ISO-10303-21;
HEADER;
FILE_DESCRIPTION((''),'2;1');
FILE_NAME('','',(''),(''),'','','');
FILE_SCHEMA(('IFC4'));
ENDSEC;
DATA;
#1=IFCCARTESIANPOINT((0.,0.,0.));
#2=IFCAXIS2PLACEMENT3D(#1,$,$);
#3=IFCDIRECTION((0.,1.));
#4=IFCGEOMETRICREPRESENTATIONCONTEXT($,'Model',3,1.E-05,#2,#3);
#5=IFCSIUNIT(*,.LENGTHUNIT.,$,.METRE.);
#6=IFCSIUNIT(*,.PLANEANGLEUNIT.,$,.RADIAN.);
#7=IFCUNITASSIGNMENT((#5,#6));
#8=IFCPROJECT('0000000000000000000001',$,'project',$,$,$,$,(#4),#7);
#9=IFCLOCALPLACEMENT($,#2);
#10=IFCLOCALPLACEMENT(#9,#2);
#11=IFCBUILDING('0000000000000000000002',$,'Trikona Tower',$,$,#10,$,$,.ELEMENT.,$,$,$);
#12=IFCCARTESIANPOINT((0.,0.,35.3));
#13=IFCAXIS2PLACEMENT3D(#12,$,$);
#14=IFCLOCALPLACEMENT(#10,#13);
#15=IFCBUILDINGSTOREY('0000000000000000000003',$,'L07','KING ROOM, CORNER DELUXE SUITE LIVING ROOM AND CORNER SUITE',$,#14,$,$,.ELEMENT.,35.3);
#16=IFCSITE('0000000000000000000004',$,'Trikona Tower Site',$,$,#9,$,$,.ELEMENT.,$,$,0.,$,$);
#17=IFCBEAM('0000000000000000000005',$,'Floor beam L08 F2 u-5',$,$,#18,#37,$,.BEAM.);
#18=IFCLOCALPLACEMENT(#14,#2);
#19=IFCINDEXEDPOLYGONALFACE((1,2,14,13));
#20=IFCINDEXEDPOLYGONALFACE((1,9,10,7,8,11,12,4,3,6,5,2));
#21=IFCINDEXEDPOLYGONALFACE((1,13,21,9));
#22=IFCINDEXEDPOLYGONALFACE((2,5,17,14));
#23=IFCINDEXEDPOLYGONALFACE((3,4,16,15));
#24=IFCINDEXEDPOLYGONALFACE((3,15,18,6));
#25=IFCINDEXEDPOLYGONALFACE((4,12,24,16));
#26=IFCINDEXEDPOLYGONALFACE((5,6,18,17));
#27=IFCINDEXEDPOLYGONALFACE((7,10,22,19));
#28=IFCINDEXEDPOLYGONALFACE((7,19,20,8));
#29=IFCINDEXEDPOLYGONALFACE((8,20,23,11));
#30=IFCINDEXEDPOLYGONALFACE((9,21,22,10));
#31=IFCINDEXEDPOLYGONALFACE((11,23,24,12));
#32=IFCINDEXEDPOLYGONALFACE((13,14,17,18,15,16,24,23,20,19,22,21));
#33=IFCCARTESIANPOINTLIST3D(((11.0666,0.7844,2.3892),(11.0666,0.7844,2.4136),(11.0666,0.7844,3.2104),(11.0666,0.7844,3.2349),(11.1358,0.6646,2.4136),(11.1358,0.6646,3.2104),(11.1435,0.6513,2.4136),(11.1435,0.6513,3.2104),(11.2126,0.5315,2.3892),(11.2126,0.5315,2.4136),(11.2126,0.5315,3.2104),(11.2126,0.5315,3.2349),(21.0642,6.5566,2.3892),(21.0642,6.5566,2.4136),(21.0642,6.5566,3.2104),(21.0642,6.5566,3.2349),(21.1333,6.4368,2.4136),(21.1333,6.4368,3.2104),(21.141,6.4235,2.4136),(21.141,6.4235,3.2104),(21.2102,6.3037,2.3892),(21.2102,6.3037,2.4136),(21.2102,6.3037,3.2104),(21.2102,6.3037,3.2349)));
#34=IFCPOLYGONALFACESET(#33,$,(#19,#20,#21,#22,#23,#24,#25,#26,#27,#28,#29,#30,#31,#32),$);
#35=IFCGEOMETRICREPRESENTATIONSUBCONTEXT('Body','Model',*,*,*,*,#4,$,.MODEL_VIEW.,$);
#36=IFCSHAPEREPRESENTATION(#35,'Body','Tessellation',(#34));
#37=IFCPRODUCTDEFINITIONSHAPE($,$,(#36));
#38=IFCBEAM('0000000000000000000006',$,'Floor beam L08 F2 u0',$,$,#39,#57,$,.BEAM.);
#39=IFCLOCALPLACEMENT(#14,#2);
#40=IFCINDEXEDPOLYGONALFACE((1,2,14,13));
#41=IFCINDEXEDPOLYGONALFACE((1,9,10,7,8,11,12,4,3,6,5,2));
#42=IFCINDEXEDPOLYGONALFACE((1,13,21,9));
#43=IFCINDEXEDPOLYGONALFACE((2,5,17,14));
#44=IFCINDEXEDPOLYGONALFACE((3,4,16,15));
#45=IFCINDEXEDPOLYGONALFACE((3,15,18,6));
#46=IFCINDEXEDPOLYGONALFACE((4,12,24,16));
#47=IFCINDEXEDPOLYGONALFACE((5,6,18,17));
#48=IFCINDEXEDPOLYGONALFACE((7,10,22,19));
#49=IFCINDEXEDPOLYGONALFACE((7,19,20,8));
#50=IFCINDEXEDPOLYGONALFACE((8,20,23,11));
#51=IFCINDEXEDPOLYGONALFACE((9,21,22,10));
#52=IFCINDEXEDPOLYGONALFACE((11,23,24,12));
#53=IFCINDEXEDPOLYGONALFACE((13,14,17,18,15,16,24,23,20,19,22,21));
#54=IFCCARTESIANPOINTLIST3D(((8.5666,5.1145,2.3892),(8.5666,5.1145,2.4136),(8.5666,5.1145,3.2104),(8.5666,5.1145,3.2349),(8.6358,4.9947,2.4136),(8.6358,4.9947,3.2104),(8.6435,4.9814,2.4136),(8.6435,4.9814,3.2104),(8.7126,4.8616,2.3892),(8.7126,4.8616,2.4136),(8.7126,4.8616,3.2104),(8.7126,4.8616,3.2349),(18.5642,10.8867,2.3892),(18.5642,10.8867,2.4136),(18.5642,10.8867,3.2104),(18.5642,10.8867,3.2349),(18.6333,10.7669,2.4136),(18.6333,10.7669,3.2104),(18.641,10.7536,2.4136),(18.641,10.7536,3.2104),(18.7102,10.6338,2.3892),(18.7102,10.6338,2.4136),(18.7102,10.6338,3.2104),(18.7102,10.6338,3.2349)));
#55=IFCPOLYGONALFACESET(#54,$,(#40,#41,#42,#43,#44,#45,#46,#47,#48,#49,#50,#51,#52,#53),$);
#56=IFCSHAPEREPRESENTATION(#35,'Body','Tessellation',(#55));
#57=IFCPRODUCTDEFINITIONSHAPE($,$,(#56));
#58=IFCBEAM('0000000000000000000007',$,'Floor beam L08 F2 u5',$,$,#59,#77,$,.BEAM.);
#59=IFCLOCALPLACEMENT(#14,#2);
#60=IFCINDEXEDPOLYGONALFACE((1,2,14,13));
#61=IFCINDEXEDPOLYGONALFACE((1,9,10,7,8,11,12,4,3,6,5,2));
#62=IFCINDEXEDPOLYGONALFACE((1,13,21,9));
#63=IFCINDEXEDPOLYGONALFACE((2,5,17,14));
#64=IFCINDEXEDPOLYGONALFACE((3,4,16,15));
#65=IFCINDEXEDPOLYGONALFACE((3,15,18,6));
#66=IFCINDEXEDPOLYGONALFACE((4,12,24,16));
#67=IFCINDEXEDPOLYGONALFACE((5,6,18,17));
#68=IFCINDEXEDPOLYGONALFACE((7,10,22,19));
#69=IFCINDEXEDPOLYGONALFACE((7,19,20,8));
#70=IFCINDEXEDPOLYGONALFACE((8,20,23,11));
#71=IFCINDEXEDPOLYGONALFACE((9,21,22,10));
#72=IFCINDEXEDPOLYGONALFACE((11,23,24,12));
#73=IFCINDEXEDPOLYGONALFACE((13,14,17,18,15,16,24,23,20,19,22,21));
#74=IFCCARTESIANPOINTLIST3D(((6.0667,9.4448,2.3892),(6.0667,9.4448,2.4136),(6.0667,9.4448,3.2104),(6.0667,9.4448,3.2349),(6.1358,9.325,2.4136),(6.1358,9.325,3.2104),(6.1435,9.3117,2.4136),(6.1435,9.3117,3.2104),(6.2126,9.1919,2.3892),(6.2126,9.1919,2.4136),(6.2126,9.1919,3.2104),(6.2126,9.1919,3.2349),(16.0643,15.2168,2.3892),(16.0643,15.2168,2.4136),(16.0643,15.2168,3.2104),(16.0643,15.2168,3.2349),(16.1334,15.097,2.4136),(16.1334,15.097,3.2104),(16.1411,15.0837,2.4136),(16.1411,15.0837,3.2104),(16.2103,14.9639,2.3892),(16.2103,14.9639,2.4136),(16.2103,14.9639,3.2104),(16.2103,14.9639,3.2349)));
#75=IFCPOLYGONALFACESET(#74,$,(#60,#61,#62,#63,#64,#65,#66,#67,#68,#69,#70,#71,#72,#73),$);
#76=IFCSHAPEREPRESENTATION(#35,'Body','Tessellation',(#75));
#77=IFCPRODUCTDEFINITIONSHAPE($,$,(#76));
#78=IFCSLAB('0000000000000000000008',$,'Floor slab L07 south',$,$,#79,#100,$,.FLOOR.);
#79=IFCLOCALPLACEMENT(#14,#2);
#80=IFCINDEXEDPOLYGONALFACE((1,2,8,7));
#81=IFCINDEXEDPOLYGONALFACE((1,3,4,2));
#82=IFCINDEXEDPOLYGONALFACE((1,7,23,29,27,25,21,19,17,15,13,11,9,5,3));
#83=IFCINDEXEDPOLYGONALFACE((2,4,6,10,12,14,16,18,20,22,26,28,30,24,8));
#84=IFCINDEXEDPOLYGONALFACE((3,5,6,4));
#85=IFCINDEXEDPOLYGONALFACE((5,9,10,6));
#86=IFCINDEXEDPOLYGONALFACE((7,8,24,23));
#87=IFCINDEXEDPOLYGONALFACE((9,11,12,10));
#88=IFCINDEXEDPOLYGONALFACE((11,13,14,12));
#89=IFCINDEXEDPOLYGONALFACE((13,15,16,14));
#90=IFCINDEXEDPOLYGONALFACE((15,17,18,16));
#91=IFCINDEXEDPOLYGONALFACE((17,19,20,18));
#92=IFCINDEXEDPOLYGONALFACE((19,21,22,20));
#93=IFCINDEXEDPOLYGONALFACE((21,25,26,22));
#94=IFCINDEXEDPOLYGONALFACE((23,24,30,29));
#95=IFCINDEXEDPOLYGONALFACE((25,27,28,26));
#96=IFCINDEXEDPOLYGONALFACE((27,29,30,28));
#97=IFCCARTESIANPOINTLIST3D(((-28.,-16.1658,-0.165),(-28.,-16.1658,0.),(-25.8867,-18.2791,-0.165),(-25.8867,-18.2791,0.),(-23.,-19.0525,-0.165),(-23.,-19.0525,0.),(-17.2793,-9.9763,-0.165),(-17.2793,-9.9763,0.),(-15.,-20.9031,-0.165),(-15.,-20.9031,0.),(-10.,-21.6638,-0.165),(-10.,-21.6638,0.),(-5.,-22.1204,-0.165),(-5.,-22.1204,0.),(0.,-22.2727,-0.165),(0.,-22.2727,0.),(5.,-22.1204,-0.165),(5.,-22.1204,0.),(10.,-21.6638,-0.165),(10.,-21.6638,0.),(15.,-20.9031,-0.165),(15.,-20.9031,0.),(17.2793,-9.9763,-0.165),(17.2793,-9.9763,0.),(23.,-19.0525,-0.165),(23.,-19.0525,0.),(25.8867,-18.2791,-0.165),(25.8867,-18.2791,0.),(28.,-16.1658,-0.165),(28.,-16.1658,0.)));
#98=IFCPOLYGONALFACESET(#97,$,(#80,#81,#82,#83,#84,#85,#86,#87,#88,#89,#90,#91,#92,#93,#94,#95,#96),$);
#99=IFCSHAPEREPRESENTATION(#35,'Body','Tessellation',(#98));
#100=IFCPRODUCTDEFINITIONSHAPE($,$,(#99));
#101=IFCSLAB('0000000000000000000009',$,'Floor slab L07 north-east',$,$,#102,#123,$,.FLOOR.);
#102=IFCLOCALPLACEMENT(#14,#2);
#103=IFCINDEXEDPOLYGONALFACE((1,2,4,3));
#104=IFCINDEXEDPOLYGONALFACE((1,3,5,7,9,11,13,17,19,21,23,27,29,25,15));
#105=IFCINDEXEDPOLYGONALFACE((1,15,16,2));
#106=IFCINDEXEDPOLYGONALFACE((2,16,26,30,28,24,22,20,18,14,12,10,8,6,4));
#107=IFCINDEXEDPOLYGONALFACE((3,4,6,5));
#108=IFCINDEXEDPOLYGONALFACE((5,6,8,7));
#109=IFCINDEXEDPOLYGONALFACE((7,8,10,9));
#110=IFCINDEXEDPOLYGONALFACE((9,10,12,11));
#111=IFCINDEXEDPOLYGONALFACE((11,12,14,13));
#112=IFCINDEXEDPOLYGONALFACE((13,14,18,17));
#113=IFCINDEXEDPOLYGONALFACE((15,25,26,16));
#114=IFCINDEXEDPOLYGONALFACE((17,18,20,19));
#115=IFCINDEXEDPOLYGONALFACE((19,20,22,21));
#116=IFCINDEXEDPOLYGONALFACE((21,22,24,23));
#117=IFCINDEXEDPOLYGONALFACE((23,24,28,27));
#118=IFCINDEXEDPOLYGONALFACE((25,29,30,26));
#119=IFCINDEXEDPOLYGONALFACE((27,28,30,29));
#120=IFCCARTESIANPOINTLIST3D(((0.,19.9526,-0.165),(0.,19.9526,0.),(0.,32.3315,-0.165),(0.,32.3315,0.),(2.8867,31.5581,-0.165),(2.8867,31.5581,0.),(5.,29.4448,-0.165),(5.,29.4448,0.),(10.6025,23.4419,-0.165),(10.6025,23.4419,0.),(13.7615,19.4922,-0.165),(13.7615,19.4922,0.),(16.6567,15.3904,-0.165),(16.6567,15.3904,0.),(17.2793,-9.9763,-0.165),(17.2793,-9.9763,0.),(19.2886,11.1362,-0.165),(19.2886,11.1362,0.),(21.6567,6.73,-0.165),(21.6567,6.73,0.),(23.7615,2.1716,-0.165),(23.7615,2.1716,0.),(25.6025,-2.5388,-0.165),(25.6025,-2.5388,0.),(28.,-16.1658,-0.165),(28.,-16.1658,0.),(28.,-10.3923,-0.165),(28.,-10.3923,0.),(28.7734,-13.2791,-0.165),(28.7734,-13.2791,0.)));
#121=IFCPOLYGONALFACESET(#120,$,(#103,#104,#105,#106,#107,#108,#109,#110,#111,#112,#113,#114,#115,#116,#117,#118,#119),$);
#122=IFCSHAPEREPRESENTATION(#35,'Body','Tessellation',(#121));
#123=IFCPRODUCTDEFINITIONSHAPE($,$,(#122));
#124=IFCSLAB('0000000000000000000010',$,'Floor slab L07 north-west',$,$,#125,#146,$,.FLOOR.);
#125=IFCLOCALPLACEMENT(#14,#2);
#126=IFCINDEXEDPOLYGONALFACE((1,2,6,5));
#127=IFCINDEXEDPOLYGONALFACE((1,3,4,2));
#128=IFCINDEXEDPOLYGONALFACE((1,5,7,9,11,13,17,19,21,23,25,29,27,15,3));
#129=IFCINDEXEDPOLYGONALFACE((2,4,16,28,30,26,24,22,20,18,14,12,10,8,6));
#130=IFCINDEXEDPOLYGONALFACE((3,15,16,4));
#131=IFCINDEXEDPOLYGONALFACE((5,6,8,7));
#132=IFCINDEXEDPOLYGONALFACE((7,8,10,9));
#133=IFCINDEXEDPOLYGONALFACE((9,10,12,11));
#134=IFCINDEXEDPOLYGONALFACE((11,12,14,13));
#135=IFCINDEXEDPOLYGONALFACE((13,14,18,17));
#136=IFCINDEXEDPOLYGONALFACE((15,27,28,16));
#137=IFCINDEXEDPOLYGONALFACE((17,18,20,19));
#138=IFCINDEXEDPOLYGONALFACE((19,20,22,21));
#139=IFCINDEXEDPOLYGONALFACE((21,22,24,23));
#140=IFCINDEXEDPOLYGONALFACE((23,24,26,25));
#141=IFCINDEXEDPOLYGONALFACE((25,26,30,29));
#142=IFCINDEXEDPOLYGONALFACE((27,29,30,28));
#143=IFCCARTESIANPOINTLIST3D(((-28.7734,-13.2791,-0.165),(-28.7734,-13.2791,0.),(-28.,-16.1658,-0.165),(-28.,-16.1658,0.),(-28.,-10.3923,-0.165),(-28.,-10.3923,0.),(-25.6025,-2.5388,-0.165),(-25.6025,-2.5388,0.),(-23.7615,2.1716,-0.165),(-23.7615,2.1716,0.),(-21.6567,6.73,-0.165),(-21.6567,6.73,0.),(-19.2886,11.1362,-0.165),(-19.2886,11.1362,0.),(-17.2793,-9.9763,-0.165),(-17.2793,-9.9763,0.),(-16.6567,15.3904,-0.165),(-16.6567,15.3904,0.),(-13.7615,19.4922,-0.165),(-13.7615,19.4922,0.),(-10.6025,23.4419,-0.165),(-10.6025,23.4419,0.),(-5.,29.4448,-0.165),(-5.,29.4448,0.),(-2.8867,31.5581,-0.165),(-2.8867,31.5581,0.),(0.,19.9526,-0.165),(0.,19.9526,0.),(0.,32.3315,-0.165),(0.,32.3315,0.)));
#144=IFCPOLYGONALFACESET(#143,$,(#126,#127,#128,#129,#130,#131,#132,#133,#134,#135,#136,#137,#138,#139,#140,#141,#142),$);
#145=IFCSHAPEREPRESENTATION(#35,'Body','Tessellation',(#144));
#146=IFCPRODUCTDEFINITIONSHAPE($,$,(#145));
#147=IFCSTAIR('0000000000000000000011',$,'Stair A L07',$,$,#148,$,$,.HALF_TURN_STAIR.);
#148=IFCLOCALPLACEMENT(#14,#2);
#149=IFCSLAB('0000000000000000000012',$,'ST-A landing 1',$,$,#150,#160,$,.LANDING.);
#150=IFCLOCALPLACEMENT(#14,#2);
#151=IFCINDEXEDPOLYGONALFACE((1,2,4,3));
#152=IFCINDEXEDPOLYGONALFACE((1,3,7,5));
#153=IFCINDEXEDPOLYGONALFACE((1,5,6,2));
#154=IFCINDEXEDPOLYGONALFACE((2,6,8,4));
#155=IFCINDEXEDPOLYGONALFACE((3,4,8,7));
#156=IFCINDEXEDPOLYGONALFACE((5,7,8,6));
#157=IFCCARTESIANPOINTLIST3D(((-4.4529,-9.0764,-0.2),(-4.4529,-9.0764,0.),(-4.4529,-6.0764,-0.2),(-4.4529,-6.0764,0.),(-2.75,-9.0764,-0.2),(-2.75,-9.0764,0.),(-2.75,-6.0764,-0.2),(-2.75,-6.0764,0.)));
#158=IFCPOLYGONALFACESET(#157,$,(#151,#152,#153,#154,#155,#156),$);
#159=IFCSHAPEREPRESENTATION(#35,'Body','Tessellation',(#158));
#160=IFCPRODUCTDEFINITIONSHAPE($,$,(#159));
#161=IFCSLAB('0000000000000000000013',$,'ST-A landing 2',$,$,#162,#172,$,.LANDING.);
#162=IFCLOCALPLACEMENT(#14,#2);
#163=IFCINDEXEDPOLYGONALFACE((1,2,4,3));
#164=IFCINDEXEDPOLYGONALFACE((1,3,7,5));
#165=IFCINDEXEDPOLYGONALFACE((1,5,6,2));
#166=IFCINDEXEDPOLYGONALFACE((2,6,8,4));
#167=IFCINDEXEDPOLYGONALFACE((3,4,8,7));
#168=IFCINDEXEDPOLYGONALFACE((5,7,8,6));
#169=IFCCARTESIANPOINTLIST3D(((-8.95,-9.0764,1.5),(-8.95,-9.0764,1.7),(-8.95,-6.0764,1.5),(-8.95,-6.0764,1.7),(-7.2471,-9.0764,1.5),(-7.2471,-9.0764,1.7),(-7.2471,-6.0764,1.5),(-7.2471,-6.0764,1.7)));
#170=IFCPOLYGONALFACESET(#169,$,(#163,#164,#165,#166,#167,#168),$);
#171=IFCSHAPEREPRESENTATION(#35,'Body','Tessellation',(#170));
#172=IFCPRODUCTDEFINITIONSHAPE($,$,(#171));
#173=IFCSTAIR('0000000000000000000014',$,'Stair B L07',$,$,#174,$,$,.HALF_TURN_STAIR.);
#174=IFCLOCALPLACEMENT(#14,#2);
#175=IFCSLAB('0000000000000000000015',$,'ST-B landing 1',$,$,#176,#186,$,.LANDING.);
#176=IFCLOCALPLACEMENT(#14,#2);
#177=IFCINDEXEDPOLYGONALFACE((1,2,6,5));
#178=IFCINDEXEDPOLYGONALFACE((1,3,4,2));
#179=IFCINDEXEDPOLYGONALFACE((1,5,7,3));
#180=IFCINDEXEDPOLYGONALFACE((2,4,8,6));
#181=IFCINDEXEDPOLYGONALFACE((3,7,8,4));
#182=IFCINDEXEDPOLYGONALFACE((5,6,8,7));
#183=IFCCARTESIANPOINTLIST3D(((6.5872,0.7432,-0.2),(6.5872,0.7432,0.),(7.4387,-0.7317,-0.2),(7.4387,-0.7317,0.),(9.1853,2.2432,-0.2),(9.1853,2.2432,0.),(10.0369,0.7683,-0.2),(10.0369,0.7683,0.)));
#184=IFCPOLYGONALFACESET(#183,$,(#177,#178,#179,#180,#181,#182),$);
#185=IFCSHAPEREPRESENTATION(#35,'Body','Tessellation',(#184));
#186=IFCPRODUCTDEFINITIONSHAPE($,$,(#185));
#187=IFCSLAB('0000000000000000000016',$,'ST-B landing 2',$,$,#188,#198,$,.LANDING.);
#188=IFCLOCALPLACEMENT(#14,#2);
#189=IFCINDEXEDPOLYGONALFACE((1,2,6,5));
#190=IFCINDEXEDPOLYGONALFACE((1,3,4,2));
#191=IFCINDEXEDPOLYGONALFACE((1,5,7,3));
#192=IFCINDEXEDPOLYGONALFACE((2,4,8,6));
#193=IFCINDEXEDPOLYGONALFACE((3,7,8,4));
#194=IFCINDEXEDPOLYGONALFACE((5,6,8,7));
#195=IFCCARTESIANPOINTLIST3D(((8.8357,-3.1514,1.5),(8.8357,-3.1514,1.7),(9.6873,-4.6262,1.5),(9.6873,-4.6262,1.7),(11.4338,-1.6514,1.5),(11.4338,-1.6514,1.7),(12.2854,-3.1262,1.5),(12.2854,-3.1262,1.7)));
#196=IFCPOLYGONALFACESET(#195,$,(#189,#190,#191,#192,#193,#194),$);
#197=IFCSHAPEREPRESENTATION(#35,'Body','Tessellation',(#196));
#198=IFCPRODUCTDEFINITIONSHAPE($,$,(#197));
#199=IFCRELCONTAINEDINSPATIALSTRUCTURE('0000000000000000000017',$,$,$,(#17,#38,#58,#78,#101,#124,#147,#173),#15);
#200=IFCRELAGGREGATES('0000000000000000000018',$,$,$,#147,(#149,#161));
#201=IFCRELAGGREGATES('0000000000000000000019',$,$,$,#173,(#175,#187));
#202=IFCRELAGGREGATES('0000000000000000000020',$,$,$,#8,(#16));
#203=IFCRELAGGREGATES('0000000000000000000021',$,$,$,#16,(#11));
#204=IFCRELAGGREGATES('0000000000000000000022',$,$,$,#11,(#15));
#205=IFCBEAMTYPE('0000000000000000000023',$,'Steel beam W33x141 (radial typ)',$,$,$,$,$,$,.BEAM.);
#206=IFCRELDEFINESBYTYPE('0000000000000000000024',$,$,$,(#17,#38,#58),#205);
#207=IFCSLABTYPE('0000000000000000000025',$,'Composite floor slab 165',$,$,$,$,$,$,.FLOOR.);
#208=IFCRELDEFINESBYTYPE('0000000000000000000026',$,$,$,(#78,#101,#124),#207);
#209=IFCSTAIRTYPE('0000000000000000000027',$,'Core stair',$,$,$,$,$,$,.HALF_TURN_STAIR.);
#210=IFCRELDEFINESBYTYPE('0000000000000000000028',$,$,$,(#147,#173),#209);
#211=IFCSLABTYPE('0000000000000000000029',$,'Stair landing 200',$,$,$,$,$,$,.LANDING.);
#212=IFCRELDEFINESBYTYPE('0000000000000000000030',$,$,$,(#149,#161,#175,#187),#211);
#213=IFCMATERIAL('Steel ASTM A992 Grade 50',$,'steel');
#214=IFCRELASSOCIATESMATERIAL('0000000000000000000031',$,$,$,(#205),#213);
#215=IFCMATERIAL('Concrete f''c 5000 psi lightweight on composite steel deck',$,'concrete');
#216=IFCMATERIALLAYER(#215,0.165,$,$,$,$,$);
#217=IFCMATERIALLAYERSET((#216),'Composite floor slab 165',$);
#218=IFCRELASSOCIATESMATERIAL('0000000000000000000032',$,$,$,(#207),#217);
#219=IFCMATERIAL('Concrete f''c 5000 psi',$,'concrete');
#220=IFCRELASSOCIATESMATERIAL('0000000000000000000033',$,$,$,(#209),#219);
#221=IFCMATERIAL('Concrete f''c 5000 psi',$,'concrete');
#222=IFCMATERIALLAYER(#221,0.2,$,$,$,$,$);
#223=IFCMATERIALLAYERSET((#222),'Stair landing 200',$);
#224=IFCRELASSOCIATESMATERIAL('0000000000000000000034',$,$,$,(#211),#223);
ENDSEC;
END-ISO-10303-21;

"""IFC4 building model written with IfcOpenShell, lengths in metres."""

from ifc_helpers import new_model, si_unit, direction, frame, origin, origin_2d, place, context, subcontext, project, spatial, polyline, i_section, outline, extrude, material, layer, layer_set, material_profile, profile_set, type_object, element, aggregate, save


model = new_model("IFC4")

# Units and contexts
model_context = context("Model", 3, precision=1e-05, world=origin(), true_north=direction((0.0, 1.0)))
body_context = subcontext(model_context, "Body", "Model", "MODEL_VIEW")
ifc_project = project(units=[si_unit("LENGTHUNIT", "METRE"), si_unit("PLANEANGLEUNIT", "RADIAN")], contexts=[model_context])

# Site, building, storey
site_placement = place(None, origin())
site = spatial("IfcSite", under=ifc_project, at=site_placement, Name="Trikona Tower Site", CompositionType="ELEMENT", RefElevation=0.0)
building_placement = place(site_placement, origin())
building = spatial("IfcBuilding", under=site, at=building_placement, Name="Trikona Tower", CompositionType="ELEMENT")
storey_placement = place(building_placement, frame((0.0, 0.0, 35.3)))
storey = spatial("IfcBuildingStorey", under=building, at=storey_placement, Name="L07", Description="KING ROOM, CORNER DELUXE SUITE LIVING ROOM AND CORNER SUITE", CompositionType="ELEMENT", Elevation=35.3)

# Beams
ifc_material_1 = material(Name="Steel ASTM A992 Grade 50", Category="steel")
ifc_material_profile = material_profile(ifc_material_1, i_section(OverallWidth=0.292, OverallDepth=0.8457, WebThickness=0.0154, FlangeThickness=0.0244, at=origin_2d()), Name="W33X141")
ifc_profile_set = profile_set([ifc_material_profile], Name="Steel ASTM A992 Grade 50")
beam_type = type_object("IfcBeamType", Name="Steel beam W33x141 (radial typ)", PredefinedType="BEAM", material=ifc_profile_set)
for number, where, z_axis, x_axis, name in (
    (1, (11.1396, 0.658, 2.812), (0.866021, 0.500008, 0.0), (-0.500008, 0.866021, 0.0), "Floor beam L08 F2 u-5"),
    (2, (8.6396, 4.988, 2.812), (0.866021, 0.500008, 0.0), (-0.500008, 0.866021, 0.0), "Floor beam L08 F2 u0"),
    (3, (6.1396, 9.3184, 2.812), (0.86603, 0.499992, 0.0), (-0.499992, 0.86603, 0.0), "Floor beam L08 F2 u5"),
):
    element("IfcBeam", number, at=place(storey_placement, frame(where, z_axis=z_axis, x_axis=x_axis)), inside=storey, type_object=beam_type, Name=name, PredefinedType="BEAM", context=body_context, shape_type="SweptSolid", body=[
        extrude(i_section(OverallWidth=0.292, OverallDepth=0.8457, WebThickness=0.0154, FlangeThickness=0.0244, at=origin_2d()), origin(), (0.0, 0.0, 1.0), 11.5442),
    ])

# Slabs
ifc_material_2 = material(Name="Concrete f'c 5000 psi lightweight on composite steel deck", Category="concrete")
ifc_layer_1 = layer(ifc_material_2, 0.165)
ifc_layer_set_1 = layer_set([ifc_layer_1], Name="Composite floor slab 165")
slab_type_1 = type_object("IfcSlabType", Name="Composite floor slab 165", PredefinedType="FLOOR", material=ifc_layer_set_1)
slab_1_placement = place(storey_placement, frame((0.0, 0.0, -0.165)))
element("IfcSlab", 4, at=slab_1_placement, inside=storey, type_object=slab_type_1, Name="Floor slab L07 south", PredefinedType="FLOOR", context=body_context, shape_type="SweptSolid", body=[
    extrude(outline(polyline([(25.8867, -18.2791), (28.0, -16.1658), (17.2793, -9.9763), (-17.2793, -9.9763), (-28.0, -16.1658), (-25.8867, -18.2791), (-23.0, -19.0525), (-15.0, -20.9031), (-10.0, -21.6638), (-5.0, -22.1204), (0.0, -22.2727), (5.0, -22.1204), (10.0, -21.6638), (15.0, -20.9031), (23.0, -19.0525), (25.8867, -18.2791)])), origin(), (0.0, 0.0, 1.0), 0.165),
])
slab_2_placement = place(storey_placement, frame((0.0, 0.0, -0.165)))
element("IfcSlab", 5, at=slab_2_placement, inside=storey, type_object=slab_type_1, Name="Floor slab L07 north-east", PredefinedType="FLOOR", context=body_context, shape_type="SweptSolid", body=[
    extrude(outline(polyline([(2.8867, 31.5581), (0.0, 32.3315), (0.0, 19.9526), (17.2793, -9.9763), (28.0, -16.1658), (28.7734, -13.2791), (28.0, -10.3923), (25.6025, -2.5388), (23.7615, 2.1716), (21.6567, 6.73), (19.2886, 11.1362), (16.6567, 15.3904), (13.7615, 19.4922), (10.6025, 23.4419), (5.0, 29.4448), (2.8867, 31.5581)])), origin(), (0.0, 0.0, 1.0), 0.165),
])
slab_3_placement = place(storey_placement, frame((0.0, 0.0, -0.165)))
element("IfcSlab", 6, at=slab_3_placement, inside=storey, type_object=slab_type_1, Name="Floor slab L07 north-west", PredefinedType="FLOOR", context=body_context, shape_type="SweptSolid", body=[
    extrude(outline(polyline([(0.0, 19.9526), (0.0, 32.3315), (-2.8867, 31.5581), (-5.0, 29.4448), (-10.6025, 23.4419), (-13.7615, 19.4922), (-16.6567, 15.3904), (-19.2886, 11.1362), (-21.6567, 6.73), (-23.7615, 2.1716), (-25.6025, -2.5388), (-28.0, -10.3923), (-28.7734, -13.2791), (-28.0, -16.1658), (-17.2793, -9.9763), (0.0, 19.9526)])), origin(), (0.0, 0.0, 1.0), 0.165),
])

# Stairs, slabs
ifc_material_3 = material(Name="Concrete f'c 5000 psi", Category="concrete")
stair_type = type_object("IfcStairType", Name="Core stair", PredefinedType="HALF_TURN_STAIR", material=ifc_material_3)
stair_1_placement = place(storey_placement, origin())
stair_1 = element("IfcStair", 7, at=stair_1_placement, inside=storey, type_object=stair_type, Name="Stair A L07", PredefinedType="HALF_TURN_STAIR")
ifc_material_4 = material(Name="Concrete f'c 5000 psi", Category="concrete")
ifc_layer_2 = layer(ifc_material_4, 0.2)
ifc_layer_set_2 = layer_set([ifc_layer_2], Name="Stair landing 200")
slab_type_2 = type_object("IfcSlabType", Name="Stair landing 200", PredefinedType="LANDING", material=ifc_layer_set_2)
slab_4_placement = place(storey_placement, frame((0.0, 0.0, -0.2)))
slab_4 = element("IfcSlab", 8, at=slab_4_placement, type_object=slab_type_2, Name="ST-A landing 1", PredefinedType="LANDING", context=body_context, shape_type="SweptSolid", body=[
    extrude(outline(polyline([(-4.4529, -6.0764), (-2.75, -6.0764), (-2.75, -9.0764), (-4.4529, -9.0764), (-4.4529, -6.0764)])), origin(), (0.0, 0.0, 1.0), 0.2),
])
slab_5_placement = place(storey_placement, frame((0.0, 0.0, 1.5)))
slab_5 = element("IfcSlab", 9, at=slab_5_placement, type_object=slab_type_2, Name="ST-A landing 2", PredefinedType="LANDING", context=body_context, shape_type="SweptSolid", body=[
    extrude(outline(polyline([(-8.95, -6.0764), (-7.2471, -6.0764), (-7.2471, -9.0764), (-8.95, -9.0764), (-8.95, -6.0764)])), origin(), (0.0, 0.0, 1.0), 0.2),
])
aggregate(stair_1, [slab_4, slab_5])
stair_2_placement = place(storey_placement, origin())
stair_2 = element("IfcStair", 10, at=stair_2_placement, inside=storey, type_object=stair_type, Name="Stair B L07", PredefinedType="HALF_TURN_STAIR")
slab_6_placement = place(storey_placement, frame((0.0, 0.0, -0.2)))
slab_6 = element("IfcSlab", 11, at=slab_6_placement, type_object=slab_type_2, Name="ST-B landing 1", PredefinedType="LANDING", context=body_context, shape_type="SweptSolid", body=[
    extrude(outline(polyline([(7.4387, -0.7317), (6.5872, 0.7432), (9.1853, 2.2432), (10.0369, 0.7683), (7.4387, -0.7317)])), origin(), (0.0, 0.0, 1.0), 0.2),
])
slab_7_placement = place(storey_placement, frame((0.0, 0.0, 1.5)))
slab_7 = element("IfcSlab", 12, at=slab_7_placement, type_object=slab_type_2, Name="ST-B landing 2", PredefinedType="LANDING", context=body_context, shape_type="SweptSolid", body=[
    extrude(outline(polyline([(9.6873, -4.6262), (8.8357, -3.1514), (11.4338, -1.6514), (12.2854, -3.1262), (9.6873, -4.6262)])), origin(), (0.0, 0.0, 1.0), 0.2),
])

aggregate(stair_2, [slab_6, slab_7])

save(model, "model.ifc")
